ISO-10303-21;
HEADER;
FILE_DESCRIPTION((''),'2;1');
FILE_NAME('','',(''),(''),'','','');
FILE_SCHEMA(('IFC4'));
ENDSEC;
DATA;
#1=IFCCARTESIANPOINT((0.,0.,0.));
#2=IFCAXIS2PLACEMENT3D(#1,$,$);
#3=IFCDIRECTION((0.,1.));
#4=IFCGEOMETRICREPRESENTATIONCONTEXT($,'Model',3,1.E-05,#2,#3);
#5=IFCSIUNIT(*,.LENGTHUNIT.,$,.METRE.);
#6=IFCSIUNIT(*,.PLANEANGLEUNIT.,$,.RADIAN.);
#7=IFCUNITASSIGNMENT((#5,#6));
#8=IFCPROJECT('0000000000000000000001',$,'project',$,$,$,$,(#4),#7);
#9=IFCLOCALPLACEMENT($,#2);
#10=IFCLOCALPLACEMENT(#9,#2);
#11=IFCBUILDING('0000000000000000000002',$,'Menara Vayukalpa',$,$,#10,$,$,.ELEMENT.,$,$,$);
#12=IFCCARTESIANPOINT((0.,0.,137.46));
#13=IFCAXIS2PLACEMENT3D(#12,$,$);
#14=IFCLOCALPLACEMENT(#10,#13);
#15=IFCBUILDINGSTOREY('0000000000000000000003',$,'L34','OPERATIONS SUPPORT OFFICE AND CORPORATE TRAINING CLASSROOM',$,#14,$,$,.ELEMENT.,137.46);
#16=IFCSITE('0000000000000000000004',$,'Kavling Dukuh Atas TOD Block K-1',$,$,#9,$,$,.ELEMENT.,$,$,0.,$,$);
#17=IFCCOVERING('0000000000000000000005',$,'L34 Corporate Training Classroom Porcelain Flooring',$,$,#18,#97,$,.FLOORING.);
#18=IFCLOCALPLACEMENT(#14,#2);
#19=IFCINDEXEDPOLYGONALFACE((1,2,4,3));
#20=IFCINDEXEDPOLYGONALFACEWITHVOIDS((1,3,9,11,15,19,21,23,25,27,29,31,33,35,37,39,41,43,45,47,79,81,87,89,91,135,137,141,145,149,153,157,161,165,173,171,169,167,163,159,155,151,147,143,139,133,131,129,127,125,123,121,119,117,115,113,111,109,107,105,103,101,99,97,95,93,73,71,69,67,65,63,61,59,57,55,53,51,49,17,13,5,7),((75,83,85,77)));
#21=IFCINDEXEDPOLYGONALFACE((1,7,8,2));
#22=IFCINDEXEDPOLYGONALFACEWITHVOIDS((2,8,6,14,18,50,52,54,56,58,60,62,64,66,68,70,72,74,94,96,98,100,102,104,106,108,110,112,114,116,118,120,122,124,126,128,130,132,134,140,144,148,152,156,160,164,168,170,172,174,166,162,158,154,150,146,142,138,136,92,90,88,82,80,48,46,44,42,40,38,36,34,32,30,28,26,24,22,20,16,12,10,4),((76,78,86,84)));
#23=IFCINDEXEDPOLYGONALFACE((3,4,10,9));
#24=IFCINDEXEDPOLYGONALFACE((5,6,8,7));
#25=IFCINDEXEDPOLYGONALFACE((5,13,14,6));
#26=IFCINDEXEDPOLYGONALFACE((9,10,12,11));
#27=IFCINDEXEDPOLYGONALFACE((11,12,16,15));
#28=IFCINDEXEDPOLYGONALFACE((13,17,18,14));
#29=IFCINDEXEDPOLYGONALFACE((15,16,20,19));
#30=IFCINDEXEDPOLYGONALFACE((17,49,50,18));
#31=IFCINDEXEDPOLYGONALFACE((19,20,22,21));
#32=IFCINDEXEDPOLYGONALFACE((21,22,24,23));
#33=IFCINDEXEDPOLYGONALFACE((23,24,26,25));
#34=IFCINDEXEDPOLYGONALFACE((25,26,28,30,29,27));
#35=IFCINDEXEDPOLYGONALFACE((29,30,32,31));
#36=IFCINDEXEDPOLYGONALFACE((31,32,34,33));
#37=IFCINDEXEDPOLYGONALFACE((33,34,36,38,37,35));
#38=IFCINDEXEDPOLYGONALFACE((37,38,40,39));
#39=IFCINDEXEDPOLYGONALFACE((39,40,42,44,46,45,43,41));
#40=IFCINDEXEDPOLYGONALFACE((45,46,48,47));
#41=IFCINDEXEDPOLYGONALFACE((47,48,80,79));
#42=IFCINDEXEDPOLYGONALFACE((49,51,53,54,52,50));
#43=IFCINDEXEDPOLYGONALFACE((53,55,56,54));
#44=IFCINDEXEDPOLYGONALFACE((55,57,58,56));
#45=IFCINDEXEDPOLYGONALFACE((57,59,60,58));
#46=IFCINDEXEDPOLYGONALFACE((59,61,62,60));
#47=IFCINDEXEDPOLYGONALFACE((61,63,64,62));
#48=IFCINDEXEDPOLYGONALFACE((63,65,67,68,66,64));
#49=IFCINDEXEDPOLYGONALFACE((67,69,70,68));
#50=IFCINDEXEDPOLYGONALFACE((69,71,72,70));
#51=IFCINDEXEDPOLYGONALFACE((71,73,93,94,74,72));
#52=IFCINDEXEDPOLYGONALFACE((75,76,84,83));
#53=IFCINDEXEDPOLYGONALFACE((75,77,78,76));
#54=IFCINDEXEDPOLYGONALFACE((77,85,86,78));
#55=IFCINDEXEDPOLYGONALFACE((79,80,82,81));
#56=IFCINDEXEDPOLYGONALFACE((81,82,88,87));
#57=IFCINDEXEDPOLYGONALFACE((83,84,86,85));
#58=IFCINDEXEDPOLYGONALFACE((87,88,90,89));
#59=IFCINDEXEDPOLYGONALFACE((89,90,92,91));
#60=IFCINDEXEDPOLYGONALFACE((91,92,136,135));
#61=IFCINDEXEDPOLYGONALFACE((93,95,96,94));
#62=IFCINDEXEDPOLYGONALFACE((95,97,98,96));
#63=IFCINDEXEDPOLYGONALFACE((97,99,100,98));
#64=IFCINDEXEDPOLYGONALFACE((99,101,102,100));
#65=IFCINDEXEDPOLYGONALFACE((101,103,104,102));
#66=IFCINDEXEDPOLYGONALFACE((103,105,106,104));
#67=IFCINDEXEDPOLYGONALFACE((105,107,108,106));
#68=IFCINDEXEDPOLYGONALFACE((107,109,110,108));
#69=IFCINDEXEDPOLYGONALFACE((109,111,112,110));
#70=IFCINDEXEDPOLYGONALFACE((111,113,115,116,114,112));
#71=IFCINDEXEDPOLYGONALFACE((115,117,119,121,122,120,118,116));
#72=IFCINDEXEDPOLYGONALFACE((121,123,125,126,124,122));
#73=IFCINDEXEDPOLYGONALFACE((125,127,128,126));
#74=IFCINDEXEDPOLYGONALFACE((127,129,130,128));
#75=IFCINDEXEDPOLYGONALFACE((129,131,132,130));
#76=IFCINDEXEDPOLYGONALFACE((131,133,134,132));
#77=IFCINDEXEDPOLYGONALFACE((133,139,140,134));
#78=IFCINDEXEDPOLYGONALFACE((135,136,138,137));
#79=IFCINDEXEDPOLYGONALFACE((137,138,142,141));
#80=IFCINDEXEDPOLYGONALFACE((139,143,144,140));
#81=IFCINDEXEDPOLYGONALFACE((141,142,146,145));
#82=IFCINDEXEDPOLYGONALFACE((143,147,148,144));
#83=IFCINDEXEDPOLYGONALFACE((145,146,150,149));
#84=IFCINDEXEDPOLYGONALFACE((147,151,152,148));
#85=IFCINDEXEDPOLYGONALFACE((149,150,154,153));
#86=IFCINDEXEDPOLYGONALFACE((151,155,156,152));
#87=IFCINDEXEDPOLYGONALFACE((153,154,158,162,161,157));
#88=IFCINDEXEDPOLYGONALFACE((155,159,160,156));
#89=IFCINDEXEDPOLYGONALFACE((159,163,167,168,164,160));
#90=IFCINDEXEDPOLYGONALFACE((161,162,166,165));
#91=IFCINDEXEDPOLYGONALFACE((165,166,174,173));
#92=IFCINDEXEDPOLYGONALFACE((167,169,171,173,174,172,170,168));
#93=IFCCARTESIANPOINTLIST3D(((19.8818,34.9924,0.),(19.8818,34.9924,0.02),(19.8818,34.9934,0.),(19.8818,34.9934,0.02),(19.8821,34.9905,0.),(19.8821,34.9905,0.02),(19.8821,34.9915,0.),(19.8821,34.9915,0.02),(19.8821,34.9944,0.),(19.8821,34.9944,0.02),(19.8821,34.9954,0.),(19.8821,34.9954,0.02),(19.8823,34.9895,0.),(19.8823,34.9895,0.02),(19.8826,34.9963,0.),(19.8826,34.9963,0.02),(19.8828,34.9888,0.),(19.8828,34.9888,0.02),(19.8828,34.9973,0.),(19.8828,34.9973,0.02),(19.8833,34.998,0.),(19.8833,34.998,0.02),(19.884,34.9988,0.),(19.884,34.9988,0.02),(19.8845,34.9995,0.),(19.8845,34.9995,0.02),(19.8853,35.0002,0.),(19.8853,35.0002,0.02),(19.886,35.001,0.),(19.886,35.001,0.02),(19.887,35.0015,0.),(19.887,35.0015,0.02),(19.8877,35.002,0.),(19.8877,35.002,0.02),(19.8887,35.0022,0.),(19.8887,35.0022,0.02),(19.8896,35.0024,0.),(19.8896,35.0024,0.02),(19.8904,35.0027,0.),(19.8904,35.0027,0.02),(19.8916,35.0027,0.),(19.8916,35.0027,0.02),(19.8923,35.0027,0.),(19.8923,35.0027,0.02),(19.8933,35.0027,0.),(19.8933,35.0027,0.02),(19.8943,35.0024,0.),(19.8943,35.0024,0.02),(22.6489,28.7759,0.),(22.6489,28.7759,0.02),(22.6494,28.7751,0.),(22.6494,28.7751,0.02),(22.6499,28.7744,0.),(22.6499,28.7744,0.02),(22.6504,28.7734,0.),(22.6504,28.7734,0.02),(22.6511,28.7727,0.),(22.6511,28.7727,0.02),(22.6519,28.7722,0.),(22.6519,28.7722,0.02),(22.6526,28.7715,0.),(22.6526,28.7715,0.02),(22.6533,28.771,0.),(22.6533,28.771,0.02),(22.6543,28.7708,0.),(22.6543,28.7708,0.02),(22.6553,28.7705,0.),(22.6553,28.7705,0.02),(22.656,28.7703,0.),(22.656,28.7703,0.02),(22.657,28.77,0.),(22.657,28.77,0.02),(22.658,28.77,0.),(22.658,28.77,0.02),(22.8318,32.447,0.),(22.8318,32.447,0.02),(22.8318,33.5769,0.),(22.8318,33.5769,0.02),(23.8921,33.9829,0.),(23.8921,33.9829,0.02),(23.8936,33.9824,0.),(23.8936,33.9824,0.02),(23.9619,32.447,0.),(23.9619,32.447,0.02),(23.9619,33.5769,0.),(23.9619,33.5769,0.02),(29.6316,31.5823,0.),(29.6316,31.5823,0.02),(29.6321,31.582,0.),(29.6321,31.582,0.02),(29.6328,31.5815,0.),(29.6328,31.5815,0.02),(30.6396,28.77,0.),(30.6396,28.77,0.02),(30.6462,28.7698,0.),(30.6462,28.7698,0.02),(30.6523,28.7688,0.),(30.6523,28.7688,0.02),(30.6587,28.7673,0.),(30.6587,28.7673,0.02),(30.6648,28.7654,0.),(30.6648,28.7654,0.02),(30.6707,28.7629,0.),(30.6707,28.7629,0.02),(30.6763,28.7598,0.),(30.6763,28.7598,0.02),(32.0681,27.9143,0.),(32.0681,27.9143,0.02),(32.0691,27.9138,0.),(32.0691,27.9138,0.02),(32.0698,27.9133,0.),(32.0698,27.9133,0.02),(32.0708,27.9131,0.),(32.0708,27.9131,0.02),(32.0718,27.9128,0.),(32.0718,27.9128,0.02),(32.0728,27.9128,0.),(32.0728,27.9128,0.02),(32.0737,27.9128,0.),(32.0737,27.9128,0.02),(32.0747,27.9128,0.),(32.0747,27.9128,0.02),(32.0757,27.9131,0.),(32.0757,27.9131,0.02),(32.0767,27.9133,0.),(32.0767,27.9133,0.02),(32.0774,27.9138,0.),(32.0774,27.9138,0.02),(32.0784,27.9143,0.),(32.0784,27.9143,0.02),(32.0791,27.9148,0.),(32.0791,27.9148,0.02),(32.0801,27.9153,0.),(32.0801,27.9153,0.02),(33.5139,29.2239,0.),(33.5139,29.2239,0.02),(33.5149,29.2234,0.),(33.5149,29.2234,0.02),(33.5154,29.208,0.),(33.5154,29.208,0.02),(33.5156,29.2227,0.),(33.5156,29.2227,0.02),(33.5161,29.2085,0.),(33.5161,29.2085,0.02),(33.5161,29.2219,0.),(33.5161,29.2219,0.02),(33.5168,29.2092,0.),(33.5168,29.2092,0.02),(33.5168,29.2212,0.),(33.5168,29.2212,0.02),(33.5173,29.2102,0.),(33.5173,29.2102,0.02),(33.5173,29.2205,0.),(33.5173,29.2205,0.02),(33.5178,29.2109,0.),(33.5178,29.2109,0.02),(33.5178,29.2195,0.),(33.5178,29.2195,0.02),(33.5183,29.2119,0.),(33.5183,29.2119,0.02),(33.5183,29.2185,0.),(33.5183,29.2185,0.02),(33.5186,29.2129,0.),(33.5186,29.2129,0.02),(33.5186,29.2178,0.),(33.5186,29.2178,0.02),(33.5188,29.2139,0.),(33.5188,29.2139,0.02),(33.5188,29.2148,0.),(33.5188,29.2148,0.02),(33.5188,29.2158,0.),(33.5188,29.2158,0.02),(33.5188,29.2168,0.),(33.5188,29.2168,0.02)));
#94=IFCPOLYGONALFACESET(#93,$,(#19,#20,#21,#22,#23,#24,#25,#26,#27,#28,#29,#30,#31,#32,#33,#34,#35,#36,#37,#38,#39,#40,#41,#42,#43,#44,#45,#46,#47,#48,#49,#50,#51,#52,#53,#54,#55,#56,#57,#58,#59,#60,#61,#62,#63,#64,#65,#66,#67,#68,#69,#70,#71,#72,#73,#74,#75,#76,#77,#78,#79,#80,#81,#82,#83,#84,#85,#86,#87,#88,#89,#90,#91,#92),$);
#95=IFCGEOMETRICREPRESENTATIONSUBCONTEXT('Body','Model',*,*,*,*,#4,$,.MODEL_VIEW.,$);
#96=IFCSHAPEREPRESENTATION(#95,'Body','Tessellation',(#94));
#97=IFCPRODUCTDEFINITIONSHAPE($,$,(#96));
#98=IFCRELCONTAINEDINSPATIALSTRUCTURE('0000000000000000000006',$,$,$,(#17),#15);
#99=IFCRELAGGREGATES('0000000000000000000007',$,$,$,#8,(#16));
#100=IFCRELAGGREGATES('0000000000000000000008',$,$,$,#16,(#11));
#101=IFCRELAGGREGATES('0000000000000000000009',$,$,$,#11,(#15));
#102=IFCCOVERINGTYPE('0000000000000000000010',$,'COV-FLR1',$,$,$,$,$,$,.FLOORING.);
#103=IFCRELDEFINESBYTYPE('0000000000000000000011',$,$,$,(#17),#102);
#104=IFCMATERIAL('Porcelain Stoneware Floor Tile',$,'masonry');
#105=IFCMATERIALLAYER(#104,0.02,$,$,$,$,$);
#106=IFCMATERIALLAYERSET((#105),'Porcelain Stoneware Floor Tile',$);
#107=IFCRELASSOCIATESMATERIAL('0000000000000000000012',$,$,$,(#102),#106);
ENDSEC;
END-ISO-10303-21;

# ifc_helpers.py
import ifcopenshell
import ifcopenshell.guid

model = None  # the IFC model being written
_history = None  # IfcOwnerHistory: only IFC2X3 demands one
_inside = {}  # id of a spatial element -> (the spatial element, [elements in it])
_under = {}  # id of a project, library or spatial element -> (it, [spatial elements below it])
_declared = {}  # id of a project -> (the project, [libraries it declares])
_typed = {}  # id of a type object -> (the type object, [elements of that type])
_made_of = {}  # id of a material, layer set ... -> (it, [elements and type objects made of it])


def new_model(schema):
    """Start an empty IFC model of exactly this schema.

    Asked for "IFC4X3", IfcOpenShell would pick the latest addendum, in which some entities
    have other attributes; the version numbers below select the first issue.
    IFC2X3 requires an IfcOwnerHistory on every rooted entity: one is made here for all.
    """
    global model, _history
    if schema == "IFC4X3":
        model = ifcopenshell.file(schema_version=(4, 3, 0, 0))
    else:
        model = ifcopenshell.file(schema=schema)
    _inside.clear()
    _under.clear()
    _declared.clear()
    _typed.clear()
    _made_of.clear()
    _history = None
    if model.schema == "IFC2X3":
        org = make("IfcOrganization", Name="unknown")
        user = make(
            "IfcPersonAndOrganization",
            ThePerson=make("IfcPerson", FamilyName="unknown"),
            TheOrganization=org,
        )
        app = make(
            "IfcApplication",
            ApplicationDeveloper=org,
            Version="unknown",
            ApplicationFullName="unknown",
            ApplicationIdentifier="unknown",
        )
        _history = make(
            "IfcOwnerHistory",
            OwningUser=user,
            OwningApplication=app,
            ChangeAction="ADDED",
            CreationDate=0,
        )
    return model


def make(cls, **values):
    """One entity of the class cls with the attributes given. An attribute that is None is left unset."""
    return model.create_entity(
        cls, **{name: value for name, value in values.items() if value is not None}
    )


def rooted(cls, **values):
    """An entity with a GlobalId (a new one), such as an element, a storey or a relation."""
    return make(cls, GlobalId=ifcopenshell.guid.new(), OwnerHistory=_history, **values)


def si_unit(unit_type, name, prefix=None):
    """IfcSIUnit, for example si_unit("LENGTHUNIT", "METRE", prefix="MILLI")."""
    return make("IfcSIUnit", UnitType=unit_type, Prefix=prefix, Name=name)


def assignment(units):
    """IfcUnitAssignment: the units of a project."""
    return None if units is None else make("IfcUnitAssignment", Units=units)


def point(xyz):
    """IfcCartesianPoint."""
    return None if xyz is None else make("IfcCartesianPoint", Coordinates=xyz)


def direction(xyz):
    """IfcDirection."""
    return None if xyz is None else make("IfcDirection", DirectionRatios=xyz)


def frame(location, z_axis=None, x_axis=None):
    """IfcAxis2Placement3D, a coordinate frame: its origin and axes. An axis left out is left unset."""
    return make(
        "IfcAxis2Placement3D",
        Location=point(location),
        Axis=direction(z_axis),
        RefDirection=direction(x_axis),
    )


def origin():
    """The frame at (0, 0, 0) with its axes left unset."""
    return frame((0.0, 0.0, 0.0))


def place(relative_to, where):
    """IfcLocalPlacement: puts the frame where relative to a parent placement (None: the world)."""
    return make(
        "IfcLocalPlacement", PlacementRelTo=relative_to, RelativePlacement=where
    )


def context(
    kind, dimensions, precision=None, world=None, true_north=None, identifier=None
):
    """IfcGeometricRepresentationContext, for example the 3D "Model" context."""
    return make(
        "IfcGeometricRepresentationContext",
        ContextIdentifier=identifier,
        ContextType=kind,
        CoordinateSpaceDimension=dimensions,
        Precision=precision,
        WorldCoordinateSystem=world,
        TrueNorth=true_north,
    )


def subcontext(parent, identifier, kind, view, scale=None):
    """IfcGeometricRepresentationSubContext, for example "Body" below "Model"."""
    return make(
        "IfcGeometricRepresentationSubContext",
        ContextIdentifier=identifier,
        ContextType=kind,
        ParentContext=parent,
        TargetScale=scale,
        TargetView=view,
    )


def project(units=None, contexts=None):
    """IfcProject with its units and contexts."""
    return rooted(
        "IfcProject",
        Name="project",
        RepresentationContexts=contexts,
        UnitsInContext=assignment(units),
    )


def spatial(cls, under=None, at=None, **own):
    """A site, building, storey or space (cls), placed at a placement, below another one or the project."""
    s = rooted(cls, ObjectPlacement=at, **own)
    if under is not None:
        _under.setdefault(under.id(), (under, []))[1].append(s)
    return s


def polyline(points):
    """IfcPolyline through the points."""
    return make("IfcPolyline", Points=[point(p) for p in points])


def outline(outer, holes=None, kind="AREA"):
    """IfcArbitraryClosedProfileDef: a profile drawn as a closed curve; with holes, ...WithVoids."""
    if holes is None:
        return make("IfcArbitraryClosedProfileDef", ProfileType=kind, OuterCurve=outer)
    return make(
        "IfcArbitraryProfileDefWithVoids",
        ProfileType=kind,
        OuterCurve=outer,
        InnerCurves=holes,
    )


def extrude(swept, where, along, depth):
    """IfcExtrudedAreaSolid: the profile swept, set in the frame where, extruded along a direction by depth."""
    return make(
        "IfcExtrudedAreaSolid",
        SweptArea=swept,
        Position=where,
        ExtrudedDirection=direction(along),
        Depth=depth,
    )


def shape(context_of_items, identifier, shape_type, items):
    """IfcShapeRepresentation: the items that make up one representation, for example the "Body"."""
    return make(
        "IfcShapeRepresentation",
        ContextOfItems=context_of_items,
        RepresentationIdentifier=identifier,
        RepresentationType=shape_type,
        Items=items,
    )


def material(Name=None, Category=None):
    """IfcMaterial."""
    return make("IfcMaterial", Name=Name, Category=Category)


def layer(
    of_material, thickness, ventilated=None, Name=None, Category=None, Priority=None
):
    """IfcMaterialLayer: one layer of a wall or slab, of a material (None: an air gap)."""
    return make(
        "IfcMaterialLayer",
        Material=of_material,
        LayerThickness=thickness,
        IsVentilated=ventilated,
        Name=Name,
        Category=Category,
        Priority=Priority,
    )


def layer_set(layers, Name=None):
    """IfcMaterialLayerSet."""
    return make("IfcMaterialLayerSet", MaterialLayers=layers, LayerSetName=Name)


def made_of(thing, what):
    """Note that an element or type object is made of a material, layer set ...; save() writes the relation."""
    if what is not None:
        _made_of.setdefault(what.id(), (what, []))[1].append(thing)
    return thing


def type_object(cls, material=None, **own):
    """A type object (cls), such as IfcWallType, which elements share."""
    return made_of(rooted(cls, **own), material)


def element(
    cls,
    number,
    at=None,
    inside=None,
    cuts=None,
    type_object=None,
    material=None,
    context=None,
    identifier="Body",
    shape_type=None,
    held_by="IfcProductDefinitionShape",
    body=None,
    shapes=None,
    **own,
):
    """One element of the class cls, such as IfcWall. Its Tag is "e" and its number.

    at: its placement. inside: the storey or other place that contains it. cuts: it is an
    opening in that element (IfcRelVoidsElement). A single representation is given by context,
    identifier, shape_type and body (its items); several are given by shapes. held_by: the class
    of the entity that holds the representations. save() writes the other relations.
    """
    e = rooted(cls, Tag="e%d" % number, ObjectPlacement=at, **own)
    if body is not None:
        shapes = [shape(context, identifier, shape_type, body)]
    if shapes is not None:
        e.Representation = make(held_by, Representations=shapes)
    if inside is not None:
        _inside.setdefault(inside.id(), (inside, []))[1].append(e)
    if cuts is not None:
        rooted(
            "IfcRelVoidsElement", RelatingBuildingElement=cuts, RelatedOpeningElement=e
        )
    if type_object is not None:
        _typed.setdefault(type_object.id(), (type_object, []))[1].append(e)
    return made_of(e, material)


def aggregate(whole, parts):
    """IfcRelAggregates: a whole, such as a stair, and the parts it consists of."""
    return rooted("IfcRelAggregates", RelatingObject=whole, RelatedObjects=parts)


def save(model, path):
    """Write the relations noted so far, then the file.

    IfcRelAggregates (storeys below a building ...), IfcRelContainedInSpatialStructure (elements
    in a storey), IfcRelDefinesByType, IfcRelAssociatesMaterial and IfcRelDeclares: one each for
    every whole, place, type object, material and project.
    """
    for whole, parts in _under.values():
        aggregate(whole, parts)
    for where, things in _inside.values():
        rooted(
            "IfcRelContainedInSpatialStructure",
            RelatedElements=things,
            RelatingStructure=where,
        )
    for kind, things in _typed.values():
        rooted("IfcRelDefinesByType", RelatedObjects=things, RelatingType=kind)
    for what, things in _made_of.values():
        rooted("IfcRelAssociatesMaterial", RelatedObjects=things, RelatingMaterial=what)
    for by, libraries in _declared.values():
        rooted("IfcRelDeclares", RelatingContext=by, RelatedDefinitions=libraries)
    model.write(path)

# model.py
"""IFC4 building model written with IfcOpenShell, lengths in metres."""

from ifc_helpers import new_model, si_unit, direction, frame, origin, place, context, subcontext, project, spatial, polyline, outline, extrude, material, layer, layer_set, type_object, element, save


model = new_model("IFC4")

# Units and contexts
model_context = context("Model", 3, precision=1e-05, world=origin(), true_north=direction((0.0, 1.0)))
body_context = subcontext(model_context, "Body", "Model", "MODEL_VIEW")
ifc_project = project(units=[si_unit("LENGTHUNIT", "METRE"), si_unit("PLANEANGLEUNIT", "RADIAN")], contexts=[model_context])

# Site, building, storey
site_placement = place(None, origin())
site = spatial("IfcSite", under=ifc_project, at=site_placement, Name="Kavling Dukuh Atas TOD Block K-1", CompositionType="ELEMENT", RefElevation=0.0)
building_placement = place(site_placement, origin())
building = spatial("IfcBuilding", under=site, at=building_placement, Name="Menara Vayukalpa", CompositionType="ELEMENT")
storey_placement = place(building_placement, frame((0.0, 0.0, 137.46)))
storey = spatial("IfcBuildingStorey", under=building, at=storey_placement, Name="L34", Description="OPERATIONS SUPPORT OFFICE AND CORPORATE TRAINING CLASSROOM", CompositionType="ELEMENT", Elevation=137.46)

# Covering
ifc_material_1 = material(Name="Porcelain Stoneware Floor Tile", Category="masonry")
ifc_layer_1 = layer(ifc_material_1, 0.02)
ifc_layer_set_1 = layer_set([ifc_layer_1], Name="Porcelain Stoneware Floor Tile")
covering_type_1 = type_object("IfcCoveringType", Name="COV-FLR1", PredefinedType="FLOORING", material=ifc_layer_set_1)
covering_1_placement = place(storey_placement, origin())
element("IfcCovering", 1, at=covering_1_placement, inside=storey, type_object=covering_type_1, Name="L34 Corporate Training Classroom Porcelain Flooring", PredefinedType="FLOORING", context=body_context, shape_type="SweptSolid", body=[
    extrude(outline(polyline([(29.6316, 31.5823), (29.6321, 31.582), (29.6328, 31.5815), (33.5139, 29.2239), (33.5149, 29.2234), (33.5156, 29.2227), (33.5161, 29.2219), (33.5168, 29.2212), (33.5173, 29.2205), (33.5178, 29.2195), (33.5183, 29.2185), (33.5186, 29.2178), (33.5188, 29.2168), (33.5188, 29.2158), (33.5188, 29.2148), (33.5188, 29.2139), (33.5186, 29.2129), (33.5183, 29.2119), (33.5178, 29.2109), (33.5173, 29.2102), (33.5168, 29.2092), (33.5161, 29.2085), (33.5154, 29.208), (32.0801, 27.9153), (32.0791, 27.9148), (32.0784, 27.9143), (32.0774, 27.9138), (32.0767, 27.9133), (32.0757, 27.9131), (32.0747, 27.9128), (32.0737, 27.9128), (32.0728, 27.9128), (32.0718, 27.9128), (32.0708, 27.9131), (32.0698, 27.9133), (32.0691, 27.9138), (32.0681, 27.9143), (30.6763, 28.7598), (30.6707, 28.7629), (30.6648, 28.7654), (30.6587, 28.7673), (30.6523, 28.7688), (30.6462, 28.7698), (30.6396, 28.77), (22.658, 28.77), (22.657, 28.77), (22.656, 28.7703), (22.6553, 28.7705), (22.6543, 28.7708), (22.6533, 28.771), (22.6526, 28.7715), (22.6519, 28.7722), (22.6511, 28.7727), (22.6504, 28.7734), (22.6499, 28.7744), (22.6494, 28.7751), (22.6489, 28.7759), (19.8828, 34.9888), (19.8823, 34.9895), (19.8821, 34.9905), (19.8821, 34.9915), (19.8818, 34.9924), (19.8818, 34.9934), (19.8821, 34.9944), (19.8821, 34.9954), (19.8826, 34.9963), (19.8828, 34.9973), (19.8833, 34.998), (19.884, 34.9988), (19.8845, 34.9995), (19.8853, 35.0002), (19.886, 35.001), (19.887, 35.0015), (19.8877, 35.002), (19.8887, 35.0022), (19.8896, 35.0024), (19.8904, 35.0027), (19.8916, 35.0027), (19.8923, 35.0027), (19.8933, 35.0027), (19.8943, 35.0024), (23.8921, 33.9829), (23.8936, 33.9824), (29.6316, 31.5823)]), holes=[polyline([(23.9619, 33.5769), (22.8318, 33.5769), (22.8318, 32.447), (23.9619, 32.447), (23.9619, 33.5769)])]), origin(), (0.0, 0.0, 1.0), 0.02),
])

save(model, "model.ifc")
